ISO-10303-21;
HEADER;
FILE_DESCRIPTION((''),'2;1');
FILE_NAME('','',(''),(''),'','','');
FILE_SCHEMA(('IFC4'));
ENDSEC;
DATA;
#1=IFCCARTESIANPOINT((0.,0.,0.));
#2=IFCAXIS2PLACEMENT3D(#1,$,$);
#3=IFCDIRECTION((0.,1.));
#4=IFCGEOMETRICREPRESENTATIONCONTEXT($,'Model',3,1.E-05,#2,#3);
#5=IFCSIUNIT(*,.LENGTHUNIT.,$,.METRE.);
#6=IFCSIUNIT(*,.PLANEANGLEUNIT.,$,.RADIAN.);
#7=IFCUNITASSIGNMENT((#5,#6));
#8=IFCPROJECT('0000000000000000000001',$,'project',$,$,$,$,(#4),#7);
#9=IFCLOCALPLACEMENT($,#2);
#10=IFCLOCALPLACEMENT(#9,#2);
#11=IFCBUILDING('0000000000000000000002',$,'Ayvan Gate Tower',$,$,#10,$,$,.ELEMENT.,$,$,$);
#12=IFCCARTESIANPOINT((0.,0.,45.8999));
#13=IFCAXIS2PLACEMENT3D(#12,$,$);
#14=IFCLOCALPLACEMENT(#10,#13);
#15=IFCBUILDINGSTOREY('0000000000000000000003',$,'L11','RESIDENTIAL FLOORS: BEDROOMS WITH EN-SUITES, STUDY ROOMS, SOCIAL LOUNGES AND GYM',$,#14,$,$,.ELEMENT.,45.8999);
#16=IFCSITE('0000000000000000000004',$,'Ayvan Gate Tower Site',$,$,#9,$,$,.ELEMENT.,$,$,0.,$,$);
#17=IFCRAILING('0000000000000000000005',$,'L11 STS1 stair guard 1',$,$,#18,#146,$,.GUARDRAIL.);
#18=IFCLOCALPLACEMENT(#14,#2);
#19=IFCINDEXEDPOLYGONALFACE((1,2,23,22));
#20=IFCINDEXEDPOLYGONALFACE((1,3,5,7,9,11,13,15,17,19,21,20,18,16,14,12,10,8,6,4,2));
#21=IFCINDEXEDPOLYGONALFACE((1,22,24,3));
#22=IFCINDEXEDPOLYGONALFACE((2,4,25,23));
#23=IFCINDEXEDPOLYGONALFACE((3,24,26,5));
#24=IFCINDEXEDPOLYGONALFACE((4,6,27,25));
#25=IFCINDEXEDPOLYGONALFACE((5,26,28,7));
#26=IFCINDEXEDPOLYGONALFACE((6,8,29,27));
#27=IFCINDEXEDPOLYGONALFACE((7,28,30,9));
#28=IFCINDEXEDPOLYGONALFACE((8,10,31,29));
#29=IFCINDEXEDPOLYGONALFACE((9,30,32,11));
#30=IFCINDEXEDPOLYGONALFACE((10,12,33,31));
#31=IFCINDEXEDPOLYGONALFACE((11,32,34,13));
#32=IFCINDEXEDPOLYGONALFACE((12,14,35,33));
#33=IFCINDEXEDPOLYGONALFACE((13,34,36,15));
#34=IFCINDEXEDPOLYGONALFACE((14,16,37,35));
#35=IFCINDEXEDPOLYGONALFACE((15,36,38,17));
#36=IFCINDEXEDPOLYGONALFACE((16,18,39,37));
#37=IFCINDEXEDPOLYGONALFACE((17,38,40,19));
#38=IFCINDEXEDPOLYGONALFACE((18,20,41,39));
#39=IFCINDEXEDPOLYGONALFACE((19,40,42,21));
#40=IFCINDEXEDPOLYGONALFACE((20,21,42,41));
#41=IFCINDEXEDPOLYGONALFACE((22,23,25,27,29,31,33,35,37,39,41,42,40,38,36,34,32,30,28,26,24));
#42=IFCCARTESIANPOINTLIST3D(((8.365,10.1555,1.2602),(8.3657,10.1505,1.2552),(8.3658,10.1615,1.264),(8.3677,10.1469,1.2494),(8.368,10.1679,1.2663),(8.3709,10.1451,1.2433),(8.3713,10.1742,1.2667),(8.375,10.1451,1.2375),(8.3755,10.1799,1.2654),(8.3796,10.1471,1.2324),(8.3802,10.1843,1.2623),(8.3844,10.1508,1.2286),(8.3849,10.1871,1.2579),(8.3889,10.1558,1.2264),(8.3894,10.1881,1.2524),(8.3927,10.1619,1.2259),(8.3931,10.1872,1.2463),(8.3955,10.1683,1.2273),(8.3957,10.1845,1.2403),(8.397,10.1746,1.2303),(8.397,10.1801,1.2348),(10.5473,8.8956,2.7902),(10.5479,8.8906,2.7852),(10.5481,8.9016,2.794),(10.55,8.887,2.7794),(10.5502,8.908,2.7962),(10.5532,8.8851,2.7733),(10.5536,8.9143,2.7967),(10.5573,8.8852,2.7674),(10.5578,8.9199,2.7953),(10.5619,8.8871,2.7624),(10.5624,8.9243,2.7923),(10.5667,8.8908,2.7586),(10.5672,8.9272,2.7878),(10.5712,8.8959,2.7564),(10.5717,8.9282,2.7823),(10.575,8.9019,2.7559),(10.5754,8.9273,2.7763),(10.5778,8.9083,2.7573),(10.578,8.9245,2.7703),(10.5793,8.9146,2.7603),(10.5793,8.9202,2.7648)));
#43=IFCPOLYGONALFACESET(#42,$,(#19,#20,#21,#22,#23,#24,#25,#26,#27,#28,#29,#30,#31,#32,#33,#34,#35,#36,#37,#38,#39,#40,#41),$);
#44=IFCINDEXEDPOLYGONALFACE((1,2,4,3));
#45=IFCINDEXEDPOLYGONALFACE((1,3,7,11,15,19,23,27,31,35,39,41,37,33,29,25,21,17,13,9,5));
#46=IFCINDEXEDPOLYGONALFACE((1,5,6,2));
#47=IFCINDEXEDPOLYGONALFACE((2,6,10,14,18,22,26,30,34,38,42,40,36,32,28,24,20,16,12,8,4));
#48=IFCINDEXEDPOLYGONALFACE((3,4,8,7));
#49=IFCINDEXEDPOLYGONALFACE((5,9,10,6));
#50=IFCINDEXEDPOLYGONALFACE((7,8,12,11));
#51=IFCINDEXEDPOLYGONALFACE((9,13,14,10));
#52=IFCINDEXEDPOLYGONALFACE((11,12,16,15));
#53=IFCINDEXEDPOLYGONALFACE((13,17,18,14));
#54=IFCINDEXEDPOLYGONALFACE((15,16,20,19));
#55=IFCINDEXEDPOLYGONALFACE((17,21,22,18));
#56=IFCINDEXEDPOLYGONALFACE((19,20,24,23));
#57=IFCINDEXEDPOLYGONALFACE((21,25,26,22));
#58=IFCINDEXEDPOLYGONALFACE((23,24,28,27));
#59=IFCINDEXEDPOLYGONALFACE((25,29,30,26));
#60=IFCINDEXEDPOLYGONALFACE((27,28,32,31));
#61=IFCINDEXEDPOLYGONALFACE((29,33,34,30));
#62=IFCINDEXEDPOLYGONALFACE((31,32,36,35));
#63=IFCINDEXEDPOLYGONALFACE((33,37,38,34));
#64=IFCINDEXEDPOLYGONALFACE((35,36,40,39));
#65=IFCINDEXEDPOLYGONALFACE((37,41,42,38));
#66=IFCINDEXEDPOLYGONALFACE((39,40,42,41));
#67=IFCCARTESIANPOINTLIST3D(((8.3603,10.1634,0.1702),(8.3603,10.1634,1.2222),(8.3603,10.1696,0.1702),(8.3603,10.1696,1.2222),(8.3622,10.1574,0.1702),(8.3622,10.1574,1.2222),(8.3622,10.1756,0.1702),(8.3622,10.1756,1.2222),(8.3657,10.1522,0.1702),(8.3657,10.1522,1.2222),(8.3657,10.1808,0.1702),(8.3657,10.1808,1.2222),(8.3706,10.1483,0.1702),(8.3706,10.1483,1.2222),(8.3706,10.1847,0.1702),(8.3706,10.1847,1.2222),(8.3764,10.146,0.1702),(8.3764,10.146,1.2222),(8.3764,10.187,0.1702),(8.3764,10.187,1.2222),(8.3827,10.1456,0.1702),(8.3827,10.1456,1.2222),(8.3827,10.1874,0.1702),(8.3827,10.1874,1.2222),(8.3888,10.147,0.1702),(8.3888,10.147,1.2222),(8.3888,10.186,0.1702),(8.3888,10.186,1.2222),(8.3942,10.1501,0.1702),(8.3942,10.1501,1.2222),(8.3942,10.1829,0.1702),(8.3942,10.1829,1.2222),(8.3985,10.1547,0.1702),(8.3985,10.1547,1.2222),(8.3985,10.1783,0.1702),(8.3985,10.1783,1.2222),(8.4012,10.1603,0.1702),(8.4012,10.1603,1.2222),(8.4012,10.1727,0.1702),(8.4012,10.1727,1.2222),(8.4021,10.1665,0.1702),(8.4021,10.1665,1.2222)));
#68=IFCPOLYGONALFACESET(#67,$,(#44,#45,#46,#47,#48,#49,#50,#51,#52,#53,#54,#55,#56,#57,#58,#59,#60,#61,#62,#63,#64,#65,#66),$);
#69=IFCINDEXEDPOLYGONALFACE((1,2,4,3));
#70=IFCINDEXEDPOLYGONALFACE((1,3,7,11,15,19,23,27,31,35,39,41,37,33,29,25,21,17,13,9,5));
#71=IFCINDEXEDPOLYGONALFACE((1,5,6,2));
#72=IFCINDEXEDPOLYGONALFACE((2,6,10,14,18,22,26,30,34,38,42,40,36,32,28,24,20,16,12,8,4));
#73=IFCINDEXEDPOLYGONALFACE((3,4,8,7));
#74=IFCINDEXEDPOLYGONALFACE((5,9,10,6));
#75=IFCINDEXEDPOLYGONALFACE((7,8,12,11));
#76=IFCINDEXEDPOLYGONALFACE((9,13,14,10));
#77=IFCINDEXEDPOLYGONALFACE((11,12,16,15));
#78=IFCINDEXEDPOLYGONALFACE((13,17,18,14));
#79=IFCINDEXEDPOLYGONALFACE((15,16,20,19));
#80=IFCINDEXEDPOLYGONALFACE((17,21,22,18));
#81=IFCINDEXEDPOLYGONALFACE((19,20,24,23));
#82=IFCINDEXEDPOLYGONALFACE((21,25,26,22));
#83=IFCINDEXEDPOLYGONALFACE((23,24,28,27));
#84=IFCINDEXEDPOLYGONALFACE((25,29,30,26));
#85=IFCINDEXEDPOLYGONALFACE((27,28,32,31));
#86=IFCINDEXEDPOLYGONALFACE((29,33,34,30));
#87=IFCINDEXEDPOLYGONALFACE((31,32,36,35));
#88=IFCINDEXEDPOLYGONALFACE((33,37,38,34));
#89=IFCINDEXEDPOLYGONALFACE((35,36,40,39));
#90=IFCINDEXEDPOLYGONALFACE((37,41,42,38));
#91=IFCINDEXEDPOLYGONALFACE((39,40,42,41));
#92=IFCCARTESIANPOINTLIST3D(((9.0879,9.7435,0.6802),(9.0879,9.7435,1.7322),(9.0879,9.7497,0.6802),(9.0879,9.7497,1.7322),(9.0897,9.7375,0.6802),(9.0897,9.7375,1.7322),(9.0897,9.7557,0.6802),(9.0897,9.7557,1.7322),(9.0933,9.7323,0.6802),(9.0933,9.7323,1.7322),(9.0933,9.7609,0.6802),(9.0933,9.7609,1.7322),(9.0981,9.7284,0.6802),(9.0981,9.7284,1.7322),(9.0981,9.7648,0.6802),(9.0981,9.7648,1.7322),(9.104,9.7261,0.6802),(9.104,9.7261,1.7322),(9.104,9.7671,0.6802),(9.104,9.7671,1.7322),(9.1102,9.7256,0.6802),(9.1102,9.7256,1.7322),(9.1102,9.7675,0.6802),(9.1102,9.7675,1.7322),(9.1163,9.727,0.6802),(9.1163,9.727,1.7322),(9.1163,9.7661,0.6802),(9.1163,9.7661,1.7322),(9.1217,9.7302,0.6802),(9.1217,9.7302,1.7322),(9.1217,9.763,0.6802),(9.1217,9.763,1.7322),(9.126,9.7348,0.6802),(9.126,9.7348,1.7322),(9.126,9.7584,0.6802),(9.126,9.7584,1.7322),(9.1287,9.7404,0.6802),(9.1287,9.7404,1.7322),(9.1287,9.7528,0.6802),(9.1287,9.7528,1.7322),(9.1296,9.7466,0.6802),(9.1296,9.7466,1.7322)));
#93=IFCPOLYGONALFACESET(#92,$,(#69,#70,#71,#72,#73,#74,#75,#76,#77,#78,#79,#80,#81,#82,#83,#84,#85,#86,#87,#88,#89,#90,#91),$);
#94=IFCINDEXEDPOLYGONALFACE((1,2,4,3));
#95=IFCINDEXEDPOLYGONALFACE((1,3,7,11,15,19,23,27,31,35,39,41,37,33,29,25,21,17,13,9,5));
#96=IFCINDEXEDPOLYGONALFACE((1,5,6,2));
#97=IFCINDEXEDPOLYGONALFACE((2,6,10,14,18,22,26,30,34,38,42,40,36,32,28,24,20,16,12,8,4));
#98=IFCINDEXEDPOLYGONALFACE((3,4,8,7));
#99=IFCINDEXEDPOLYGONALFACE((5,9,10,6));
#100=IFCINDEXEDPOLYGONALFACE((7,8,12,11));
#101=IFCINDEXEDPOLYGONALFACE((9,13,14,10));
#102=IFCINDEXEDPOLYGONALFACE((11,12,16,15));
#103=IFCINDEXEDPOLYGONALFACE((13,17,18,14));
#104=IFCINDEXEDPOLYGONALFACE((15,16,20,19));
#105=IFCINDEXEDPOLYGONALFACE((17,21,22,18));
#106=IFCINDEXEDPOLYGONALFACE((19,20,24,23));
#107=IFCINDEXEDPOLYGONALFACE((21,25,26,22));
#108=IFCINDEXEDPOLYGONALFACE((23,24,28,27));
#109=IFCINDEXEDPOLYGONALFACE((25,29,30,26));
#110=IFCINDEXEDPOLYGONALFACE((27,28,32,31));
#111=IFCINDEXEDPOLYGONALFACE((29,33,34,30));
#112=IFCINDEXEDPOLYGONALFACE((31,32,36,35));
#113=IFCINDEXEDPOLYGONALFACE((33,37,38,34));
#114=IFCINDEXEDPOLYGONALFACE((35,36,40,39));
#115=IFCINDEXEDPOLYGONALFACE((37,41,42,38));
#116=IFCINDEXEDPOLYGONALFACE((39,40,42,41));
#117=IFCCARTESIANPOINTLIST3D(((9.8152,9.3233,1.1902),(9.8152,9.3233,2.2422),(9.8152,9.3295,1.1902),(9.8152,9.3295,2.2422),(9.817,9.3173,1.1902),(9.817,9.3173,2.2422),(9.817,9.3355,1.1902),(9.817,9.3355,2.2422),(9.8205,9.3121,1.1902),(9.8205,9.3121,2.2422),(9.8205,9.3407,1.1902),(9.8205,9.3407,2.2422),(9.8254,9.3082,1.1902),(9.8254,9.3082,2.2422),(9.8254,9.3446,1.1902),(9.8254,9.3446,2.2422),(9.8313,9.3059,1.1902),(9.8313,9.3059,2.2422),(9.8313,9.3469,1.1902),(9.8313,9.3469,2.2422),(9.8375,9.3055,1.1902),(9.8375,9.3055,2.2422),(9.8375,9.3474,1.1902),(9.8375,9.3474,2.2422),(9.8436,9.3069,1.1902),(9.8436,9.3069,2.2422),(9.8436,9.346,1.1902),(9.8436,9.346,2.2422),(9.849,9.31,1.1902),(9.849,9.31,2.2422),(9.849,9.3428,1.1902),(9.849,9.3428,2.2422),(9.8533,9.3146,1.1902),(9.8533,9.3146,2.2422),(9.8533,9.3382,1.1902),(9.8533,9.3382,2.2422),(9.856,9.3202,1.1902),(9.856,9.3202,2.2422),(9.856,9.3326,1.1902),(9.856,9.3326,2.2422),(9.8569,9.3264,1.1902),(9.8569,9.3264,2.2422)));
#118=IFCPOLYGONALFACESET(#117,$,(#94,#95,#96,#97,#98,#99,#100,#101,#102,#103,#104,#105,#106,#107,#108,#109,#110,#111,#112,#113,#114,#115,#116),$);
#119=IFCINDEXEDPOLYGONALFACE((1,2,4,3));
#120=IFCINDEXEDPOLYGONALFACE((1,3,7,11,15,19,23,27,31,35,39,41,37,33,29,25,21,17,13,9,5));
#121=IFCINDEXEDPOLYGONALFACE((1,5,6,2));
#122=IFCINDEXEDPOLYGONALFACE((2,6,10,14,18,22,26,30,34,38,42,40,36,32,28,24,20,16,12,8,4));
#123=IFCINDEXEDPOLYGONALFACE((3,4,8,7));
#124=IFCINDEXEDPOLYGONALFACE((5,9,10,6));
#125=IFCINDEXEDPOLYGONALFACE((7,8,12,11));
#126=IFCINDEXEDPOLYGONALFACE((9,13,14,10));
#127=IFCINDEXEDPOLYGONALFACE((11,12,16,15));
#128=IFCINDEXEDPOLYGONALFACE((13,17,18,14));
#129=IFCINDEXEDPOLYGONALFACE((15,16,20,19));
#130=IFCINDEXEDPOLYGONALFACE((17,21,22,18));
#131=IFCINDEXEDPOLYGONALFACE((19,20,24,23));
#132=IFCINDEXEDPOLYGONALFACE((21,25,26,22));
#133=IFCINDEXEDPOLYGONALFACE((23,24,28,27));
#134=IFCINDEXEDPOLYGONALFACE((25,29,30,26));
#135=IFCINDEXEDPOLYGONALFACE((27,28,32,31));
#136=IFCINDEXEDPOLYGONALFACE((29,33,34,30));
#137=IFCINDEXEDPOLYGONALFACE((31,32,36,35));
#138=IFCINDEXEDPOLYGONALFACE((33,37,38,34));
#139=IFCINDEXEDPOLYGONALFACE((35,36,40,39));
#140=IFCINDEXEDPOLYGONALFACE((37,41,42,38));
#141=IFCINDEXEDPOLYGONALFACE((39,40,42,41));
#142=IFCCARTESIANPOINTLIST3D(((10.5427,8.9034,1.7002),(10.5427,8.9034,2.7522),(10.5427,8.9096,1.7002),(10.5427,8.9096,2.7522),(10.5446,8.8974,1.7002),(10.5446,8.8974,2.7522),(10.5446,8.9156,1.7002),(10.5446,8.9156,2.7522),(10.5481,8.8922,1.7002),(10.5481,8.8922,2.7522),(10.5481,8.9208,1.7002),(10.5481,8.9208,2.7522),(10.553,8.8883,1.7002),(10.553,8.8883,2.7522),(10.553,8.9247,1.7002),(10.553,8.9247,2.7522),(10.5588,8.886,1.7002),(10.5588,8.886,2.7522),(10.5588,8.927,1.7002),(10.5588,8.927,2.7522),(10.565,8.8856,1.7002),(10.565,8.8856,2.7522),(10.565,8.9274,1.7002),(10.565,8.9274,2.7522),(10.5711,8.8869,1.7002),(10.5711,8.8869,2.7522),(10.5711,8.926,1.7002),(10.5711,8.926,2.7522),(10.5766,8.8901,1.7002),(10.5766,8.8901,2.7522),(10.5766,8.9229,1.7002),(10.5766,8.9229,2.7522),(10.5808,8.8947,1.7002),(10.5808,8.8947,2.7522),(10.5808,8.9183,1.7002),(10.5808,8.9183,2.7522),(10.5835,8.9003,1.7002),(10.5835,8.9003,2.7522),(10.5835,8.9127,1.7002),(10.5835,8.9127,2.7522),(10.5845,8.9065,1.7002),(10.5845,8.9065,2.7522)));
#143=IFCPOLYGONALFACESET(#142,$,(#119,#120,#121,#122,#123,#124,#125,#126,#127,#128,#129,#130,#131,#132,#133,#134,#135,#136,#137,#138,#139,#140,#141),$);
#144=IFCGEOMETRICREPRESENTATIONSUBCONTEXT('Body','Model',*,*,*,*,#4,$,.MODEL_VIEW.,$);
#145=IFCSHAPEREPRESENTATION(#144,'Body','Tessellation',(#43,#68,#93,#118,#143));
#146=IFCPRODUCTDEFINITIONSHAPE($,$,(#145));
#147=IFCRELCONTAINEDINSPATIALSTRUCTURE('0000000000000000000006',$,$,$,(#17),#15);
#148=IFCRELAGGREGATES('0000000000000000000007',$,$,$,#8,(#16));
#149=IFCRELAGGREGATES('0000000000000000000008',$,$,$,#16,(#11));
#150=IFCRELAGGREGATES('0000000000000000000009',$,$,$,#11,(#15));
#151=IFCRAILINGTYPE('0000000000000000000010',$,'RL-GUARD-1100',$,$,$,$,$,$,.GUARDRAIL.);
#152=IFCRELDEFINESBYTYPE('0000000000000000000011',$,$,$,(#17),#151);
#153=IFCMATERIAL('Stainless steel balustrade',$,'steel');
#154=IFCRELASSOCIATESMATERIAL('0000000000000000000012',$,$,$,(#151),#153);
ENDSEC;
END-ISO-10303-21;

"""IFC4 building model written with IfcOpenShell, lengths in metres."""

from ifc_helpers import new_model, si_unit, direction, frame, origin, origin_2d, place, context, subcontext, project, spatial, circle, extrude, material, type_object, element, save


model = new_model("IFC4")

# Units and contexts
model_context = context("Model", 3, precision=1e-05, world=origin(), true_north=direction((0.0, 1.0)))
body_context = subcontext(model_context, "Body", "Model", "MODEL_VIEW")
ifc_project = project(units=[si_unit("LENGTHUNIT", "METRE"), si_unit("PLANEANGLEUNIT", "RADIAN")], contexts=[model_context])

# Site, building, storey
site_placement = place(None, origin())
site = spatial("IfcSite", under=ifc_project, at=site_placement, Name="Ayvan Gate Tower Site", CompositionType="ELEMENT", RefElevation=0.0)
building_placement = place(site_placement, origin())
building = spatial("IfcBuilding", under=site, at=building_placement, Name="Ayvan Gate Tower", CompositionType="ELEMENT")
storey_placement = place(building_placement, frame((0.0, 0.0, 45.8999)))
storey = spatial("IfcBuildingStorey", under=building, at=storey_placement, Name="L11", Description="RESIDENTIAL FLOORS: BEDROOMS WITH EN-SUITES, STUDY ROOMS, SOCIAL LOUNGES AND GYM", CompositionType="ELEMENT", Elevation=45.8999)

# Railing
ifc_material_1 = material(Name="Stainless steel balustrade", Category="steel")
railing_type_1 = type_object("IfcRailingType", Name="RL-GUARD-1100", PredefinedType="GUARDRAIL", material=ifc_material_1)
railing_1_placement = place(storey_placement, frame((8.3811, 10.1665, 0.1702)))
element("IfcRailing", 1, at=railing_1_placement, inside=storey, type_object=railing_type_1, Name="L11 STS1 stair guard 1", PredefinedType="GUARDRAIL", context=body_context, shape_type="SweptSolid", body=[
    extrude(circle(Radius=0.0239, at=origin_2d()), frame((0.0, 0.0, 1.0762), z_axis=(0.740261, -0.427395, 0.518986), x_axis=(0.500005, 0.866023, 0.0)), (0.0, 0.0, 1.0), 2.948),
    extrude(circle(Radius=0.021, at=origin_2d()), origin(), (0.0, 0.0, 1.0), 1.052),
    extrude(circle(Radius=0.021, at=origin_2d()), frame((0.7275, -0.4199, 0.51)), (0.0, 0.0, 1.0), 1.052),
    extrude(circle(Radius=0.021, at=origin_2d()), frame((1.4548, -0.8401, 1.02)), (0.0, 0.0, 1.0), 1.052),
    extrude(circle(Radius=0.021, at=origin_2d()), frame((2.1824, -1.26, 1.53)), (0.0, 0.0, 1.0), 1.052),
])

save(model, "model.ifc")
